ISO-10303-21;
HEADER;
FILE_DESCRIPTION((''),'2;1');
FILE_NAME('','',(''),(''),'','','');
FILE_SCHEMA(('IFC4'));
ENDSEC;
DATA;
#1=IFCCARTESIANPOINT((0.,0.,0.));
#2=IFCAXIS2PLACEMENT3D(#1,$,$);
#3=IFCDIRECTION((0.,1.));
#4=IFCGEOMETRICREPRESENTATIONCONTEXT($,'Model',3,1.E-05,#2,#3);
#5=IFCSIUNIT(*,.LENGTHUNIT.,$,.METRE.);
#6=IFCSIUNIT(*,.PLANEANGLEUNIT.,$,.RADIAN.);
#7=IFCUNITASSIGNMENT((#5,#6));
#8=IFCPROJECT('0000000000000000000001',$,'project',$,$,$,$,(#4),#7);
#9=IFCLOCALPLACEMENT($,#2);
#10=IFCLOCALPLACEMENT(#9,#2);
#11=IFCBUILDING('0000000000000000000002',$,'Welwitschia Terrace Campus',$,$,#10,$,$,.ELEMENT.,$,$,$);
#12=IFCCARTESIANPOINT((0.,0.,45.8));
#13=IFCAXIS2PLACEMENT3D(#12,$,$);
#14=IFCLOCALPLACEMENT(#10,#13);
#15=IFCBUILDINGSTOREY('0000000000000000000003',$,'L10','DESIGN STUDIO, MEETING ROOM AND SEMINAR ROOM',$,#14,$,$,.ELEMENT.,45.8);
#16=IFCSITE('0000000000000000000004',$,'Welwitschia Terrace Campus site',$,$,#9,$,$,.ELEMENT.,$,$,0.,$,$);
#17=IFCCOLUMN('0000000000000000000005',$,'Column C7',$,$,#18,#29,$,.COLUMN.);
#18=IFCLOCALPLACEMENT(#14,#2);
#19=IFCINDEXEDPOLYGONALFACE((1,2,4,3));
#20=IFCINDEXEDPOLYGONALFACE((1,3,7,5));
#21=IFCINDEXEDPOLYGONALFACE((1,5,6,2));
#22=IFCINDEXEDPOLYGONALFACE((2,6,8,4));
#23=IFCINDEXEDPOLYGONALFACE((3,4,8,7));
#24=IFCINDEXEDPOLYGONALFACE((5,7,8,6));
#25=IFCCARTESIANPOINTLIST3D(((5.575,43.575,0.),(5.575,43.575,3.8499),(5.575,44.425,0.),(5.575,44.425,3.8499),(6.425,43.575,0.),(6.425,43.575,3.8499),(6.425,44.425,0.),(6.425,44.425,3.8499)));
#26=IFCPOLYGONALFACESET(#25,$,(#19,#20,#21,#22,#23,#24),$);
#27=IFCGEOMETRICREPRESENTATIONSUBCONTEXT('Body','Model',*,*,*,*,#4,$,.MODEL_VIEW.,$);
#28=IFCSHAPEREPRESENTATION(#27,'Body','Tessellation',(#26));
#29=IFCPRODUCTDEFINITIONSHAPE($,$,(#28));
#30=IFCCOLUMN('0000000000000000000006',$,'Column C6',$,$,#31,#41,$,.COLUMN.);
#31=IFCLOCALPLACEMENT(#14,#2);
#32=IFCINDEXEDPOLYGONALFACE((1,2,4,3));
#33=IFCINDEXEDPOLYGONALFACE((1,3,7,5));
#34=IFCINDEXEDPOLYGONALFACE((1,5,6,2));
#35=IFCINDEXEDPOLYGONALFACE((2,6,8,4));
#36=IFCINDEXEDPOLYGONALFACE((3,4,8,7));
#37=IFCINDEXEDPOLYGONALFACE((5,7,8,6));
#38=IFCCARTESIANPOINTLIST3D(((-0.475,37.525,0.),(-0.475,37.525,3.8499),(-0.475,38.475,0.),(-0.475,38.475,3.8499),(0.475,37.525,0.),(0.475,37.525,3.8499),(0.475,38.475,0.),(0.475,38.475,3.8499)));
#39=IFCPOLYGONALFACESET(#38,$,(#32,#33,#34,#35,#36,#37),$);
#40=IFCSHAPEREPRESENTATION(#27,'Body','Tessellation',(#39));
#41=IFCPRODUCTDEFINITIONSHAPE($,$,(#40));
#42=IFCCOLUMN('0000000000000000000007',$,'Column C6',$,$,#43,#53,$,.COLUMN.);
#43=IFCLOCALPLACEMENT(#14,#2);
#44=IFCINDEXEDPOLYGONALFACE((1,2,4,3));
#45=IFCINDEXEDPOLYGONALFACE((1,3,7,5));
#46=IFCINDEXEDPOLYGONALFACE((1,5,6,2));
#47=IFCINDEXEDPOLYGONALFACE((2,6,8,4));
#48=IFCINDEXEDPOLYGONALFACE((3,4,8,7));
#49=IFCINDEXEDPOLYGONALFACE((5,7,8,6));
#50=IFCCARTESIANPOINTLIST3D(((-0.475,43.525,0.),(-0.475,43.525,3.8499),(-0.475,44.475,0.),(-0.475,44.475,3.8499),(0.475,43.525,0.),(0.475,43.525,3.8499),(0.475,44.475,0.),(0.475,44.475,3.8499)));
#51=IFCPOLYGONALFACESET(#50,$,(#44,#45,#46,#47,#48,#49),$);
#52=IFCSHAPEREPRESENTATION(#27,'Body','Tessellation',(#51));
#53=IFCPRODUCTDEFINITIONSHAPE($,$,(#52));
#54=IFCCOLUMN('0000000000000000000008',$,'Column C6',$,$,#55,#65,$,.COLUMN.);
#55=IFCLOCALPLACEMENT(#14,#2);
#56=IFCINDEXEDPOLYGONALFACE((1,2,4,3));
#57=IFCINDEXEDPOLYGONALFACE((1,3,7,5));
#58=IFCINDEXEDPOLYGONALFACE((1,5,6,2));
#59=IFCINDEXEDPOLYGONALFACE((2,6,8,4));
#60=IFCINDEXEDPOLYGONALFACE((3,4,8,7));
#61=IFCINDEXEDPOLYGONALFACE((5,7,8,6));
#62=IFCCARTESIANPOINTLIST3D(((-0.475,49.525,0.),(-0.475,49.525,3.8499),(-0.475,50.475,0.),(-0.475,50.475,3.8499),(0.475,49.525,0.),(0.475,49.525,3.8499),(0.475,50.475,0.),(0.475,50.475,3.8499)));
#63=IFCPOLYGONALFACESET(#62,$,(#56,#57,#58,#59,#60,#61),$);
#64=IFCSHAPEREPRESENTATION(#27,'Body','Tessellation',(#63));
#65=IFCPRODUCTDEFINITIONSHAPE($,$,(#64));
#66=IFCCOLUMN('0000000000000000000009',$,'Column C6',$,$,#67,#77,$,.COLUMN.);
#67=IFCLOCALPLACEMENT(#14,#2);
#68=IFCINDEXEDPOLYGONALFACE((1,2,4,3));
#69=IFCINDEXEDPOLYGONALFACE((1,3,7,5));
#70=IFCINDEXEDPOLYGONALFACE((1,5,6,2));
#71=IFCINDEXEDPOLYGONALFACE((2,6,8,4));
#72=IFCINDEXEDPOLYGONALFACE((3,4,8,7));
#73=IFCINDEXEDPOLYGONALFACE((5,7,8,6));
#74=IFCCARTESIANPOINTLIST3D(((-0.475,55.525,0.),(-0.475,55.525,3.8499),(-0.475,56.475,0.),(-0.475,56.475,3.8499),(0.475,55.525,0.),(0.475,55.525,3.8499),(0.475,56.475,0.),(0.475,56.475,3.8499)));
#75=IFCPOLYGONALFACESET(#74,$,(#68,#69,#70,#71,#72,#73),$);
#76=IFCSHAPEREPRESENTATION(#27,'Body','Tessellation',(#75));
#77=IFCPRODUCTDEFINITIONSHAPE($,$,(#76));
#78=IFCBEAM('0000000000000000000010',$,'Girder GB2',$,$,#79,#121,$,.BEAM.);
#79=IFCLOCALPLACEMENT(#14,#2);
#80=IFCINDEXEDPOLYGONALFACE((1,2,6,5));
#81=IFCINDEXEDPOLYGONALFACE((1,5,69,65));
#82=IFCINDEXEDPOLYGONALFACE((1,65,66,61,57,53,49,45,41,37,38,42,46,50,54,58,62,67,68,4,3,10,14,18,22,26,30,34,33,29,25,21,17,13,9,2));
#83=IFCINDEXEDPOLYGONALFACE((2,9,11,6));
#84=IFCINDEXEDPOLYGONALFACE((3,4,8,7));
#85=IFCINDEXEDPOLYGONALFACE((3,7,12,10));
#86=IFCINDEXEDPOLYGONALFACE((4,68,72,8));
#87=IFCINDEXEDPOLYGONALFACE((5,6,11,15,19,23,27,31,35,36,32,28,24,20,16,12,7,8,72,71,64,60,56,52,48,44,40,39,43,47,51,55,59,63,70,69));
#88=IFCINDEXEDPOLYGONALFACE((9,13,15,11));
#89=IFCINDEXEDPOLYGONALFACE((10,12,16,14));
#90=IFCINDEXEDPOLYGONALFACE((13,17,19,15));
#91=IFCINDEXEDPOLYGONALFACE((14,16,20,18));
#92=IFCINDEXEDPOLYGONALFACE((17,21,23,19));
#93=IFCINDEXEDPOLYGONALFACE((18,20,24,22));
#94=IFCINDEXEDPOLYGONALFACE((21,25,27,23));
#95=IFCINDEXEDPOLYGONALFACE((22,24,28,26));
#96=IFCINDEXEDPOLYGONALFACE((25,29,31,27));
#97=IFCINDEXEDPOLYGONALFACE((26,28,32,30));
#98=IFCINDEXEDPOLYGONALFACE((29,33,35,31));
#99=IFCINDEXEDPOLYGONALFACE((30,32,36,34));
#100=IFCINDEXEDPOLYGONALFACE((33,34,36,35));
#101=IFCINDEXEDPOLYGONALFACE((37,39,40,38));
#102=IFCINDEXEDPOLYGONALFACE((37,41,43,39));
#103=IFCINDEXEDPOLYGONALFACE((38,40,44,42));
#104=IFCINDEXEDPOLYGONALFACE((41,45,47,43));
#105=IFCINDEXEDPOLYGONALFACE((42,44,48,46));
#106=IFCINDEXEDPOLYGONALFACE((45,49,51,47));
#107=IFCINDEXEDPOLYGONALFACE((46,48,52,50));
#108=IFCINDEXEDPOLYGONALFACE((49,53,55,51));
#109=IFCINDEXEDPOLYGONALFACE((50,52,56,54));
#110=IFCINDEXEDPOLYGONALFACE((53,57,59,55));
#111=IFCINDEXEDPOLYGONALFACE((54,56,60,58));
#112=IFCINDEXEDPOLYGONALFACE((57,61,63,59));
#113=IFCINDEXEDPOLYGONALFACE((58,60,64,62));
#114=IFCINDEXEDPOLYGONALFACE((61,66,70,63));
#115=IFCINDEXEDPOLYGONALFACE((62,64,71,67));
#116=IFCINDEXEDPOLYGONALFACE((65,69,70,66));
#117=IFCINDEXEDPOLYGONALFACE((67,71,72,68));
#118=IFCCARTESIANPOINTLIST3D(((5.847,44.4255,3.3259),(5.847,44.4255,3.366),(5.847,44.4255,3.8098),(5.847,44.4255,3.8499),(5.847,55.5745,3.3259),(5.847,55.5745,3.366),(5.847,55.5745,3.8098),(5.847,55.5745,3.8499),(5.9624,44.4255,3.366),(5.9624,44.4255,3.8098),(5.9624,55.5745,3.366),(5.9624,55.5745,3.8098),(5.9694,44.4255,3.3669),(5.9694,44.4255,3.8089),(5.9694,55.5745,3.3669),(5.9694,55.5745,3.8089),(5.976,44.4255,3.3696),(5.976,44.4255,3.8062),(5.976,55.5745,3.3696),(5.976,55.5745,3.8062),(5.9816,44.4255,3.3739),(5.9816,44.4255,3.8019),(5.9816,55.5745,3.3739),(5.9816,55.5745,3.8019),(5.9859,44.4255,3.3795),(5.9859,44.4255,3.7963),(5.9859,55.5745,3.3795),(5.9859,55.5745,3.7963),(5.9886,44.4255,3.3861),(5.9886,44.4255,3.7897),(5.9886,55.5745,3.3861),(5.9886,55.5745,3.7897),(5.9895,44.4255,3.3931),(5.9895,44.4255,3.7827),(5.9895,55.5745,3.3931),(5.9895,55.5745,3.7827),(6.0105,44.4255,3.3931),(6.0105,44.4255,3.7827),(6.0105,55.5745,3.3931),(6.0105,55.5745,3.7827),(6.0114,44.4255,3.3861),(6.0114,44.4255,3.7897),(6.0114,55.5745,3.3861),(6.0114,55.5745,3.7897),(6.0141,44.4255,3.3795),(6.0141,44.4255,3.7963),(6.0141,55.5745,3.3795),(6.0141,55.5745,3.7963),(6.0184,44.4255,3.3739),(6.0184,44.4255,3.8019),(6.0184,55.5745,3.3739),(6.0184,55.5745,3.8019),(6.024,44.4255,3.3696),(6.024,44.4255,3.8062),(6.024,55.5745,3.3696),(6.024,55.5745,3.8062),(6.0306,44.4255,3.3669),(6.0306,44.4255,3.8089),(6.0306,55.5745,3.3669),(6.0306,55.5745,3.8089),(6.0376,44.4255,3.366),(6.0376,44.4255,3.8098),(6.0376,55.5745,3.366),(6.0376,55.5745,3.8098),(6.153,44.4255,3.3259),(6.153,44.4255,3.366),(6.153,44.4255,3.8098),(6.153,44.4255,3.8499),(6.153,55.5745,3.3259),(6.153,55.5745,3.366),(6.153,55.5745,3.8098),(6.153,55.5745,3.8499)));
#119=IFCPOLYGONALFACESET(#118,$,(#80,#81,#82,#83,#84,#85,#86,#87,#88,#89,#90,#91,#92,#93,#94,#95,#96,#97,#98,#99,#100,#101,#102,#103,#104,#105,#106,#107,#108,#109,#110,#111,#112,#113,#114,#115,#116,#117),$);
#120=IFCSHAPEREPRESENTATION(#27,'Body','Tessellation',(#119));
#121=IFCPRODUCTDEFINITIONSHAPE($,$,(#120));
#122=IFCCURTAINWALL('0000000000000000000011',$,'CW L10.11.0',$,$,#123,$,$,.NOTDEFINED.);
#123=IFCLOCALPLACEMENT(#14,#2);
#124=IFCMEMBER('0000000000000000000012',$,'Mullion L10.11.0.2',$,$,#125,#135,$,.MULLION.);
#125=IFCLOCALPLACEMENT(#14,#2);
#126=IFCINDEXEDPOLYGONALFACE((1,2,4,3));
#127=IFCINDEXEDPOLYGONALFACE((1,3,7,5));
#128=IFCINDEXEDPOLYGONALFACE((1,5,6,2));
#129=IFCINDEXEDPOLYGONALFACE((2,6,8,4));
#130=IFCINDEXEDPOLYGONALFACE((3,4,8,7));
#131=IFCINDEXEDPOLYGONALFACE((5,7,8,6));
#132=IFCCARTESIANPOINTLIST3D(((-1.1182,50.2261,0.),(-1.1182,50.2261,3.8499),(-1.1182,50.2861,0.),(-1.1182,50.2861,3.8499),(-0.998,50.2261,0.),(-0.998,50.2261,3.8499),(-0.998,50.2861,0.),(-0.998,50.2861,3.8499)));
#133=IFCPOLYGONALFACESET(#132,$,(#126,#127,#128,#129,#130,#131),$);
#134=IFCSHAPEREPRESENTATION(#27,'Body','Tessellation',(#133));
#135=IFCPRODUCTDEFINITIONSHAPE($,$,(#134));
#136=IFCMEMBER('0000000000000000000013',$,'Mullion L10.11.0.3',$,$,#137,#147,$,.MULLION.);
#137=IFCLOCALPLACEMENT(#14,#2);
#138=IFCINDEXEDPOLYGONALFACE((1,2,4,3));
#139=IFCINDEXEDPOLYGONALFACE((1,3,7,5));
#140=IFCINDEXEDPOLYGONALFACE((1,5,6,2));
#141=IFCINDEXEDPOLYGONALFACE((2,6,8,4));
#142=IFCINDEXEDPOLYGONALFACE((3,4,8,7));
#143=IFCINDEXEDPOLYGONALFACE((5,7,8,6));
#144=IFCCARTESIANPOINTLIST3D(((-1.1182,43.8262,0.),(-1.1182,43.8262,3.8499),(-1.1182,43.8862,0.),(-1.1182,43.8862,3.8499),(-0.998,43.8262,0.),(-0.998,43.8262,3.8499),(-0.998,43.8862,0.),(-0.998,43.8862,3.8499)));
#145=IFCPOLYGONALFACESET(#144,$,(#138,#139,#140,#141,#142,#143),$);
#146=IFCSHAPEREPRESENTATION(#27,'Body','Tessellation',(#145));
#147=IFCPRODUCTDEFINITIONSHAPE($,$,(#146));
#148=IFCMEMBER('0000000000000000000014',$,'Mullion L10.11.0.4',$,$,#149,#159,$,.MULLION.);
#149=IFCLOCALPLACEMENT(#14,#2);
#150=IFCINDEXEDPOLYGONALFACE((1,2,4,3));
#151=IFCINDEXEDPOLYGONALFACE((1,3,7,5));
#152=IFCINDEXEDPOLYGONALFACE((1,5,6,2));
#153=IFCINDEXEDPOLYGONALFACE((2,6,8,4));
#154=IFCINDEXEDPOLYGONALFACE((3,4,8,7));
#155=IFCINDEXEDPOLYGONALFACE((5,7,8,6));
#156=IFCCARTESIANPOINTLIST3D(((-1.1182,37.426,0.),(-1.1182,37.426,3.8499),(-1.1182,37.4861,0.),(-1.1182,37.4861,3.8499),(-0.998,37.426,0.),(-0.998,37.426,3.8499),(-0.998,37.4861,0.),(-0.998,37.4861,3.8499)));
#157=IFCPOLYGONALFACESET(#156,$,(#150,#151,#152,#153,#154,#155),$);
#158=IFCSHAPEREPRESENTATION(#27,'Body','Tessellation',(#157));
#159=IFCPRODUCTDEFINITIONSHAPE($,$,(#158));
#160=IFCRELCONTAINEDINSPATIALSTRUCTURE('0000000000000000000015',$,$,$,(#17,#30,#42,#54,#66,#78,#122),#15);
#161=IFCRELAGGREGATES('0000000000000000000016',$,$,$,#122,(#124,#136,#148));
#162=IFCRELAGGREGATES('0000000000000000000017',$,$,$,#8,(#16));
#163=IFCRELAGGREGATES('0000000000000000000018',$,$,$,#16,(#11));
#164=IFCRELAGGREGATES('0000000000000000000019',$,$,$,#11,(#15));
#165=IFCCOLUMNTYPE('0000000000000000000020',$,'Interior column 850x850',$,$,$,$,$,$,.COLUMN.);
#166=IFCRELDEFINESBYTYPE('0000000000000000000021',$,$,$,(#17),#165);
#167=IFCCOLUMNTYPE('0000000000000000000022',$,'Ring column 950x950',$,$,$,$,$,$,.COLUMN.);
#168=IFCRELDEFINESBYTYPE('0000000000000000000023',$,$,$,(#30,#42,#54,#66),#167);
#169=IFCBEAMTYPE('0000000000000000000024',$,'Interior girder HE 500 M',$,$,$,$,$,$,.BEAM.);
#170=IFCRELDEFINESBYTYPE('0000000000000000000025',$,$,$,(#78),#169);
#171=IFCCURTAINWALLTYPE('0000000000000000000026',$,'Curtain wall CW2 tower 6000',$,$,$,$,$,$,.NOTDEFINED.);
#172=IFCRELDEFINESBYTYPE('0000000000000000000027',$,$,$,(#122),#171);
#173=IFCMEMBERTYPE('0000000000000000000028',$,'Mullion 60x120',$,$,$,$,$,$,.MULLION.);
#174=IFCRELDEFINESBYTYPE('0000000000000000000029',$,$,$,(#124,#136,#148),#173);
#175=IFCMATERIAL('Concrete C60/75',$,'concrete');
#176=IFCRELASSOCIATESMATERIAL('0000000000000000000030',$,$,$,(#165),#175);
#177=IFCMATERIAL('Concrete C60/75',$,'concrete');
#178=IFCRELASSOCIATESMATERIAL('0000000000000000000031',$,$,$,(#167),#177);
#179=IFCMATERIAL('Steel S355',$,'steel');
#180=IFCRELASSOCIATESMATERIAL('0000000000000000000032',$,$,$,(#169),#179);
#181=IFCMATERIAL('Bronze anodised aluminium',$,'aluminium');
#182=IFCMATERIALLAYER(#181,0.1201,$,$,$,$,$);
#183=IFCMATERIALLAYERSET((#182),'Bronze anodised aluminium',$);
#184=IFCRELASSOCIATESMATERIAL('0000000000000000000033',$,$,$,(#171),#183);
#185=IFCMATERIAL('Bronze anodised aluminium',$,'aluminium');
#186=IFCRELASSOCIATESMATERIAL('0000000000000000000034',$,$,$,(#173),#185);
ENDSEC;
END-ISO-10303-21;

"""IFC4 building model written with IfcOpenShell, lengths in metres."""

from ifc_helpers import new_model, si_unit, direction, frame, origin, origin_2d, place, context, subcontext, project, spatial, rectangle, i_section, extrude, material, layer, layer_set, material_profile, profile_set, type_object, element, aggregate, save


model = new_model("IFC4")

# Units and contexts
model_context = context("Model", 3, precision=1e-05, world=origin(), true_north=direction((0.0, 1.0)))
body_context = subcontext(model_context, "Body", "Model", "MODEL_VIEW")
ifc_project = project(units=[si_unit("LENGTHUNIT", "METRE"), si_unit("PLANEANGLEUNIT", "RADIAN")], contexts=[model_context])

# Site, building, storey
site_placement = place(None, origin())
site = spatial("IfcSite", under=ifc_project, at=site_placement, Name="Welwitschia Terrace Campus site", CompositionType="ELEMENT", RefElevation=0.0)
building_placement = place(site_placement, origin())
building = spatial("IfcBuilding", under=site, at=building_placement, Name="Welwitschia Terrace Campus", CompositionType="ELEMENT")
storey_placement = place(building_placement, frame((0.0, 0.0, 45.8)))
storey = spatial("IfcBuildingStorey", under=building, at=storey_placement, Name="L10", Description="DESIGN STUDIO, MEETING ROOM AND SEMINAR ROOM", CompositionType="ELEMENT", Elevation=45.8)

# Columns
ifc_material_1 = material(Name="Concrete C60/75", Category="concrete")
ifc_material_profile_1 = material_profile(ifc_material_1, rectangle(XDim=0.8501, YDim=0.8501, at=origin_2d()))
ifc_profile_set_1 = profile_set([ifc_material_profile_1], Name="Concrete C60/75")
column_type_1 = type_object("IfcColumnType", Name="Interior column 850x850", PredefinedType="COLUMN", material=ifc_profile_set_1)
column_placement = place(storey_placement, frame((6.0, 44.0, 0.0), z_axis=(0.0, 0.0, 1.0), x_axis=(1.0, 0.0, 0.0)))
element("IfcColumn", 1, at=column_placement, inside=storey, type_object=column_type_1, Name="Column C7", PredefinedType="COLUMN", context=body_context, shape_type="SweptSolid", body=[
    extrude(rectangle(XDim=0.8501, YDim=0.8501, at=origin_2d()), origin(), (0.0, 0.0, 1.0), 3.8499),
])
ifc_material_2 = material(Name="Concrete C60/75", Category="concrete")
ifc_material_profile_2 = material_profile(ifc_material_2, rectangle(XDim=0.95, YDim=0.95, at=origin_2d()))
ifc_profile_set_2 = profile_set([ifc_material_profile_2], Name="Concrete C60/75")
column_type_2 = type_object("IfcColumnType", Name="Ring column 950x950", PredefinedType="COLUMN", material=ifc_profile_set_2)
for number, where, z_axis, x_axis, name in (
    (2, (0.0, 38.0, 0.0), (0.0, 0.0, 1.0), (1.0, 0.0, 0.0), "Column C6"),
    (3, (0.0, 44.0, 0.0), (0.0, 0.0, 1.0), (1.0, 0.0, 0.0), "Column C6"),
    (4, (0.0, 50.0, 0.0), (0.0, 0.0, 1.0), (1.0, 0.0, 0.0), "Column C6"),
    (5, (0.0, 56.0, 0.0), (0.0, 0.0, 1.0), (1.0, 0.0, 0.0), "Column C6"),
):
    element("IfcColumn", number, at=place(storey_placement, frame(where, z_axis=z_axis, x_axis=x_axis)), inside=storey, type_object=column_type_2, Name=name, PredefinedType="COLUMN", context=body_context, shape_type="SweptSolid", body=[
        extrude(rectangle(XDim=0.95, YDim=0.95, at=origin_2d()), origin(), (0.0, 0.0, 1.0), 3.8499),
    ])

# Beam
ifc_material_3 = material(Name="Steel S355", Category="steel")
ifc_material_profile_3 = material_profile(ifc_material_3, i_section(OverallWidth=0.3059, OverallDepth=0.5239, WebThickness=0.021, FlangeThickness=0.04, FilletRadius=0.0271, at=origin_2d()))
ifc_profile_set_3 = profile_set([ifc_material_profile_3], Name="Steel S355")
beam_type_1 = type_object("IfcBeamType", Name="Interior girder HE 500 M", PredefinedType="BEAM", material=ifc_profile_set_3)
beam_1_placement = place(storey_placement, frame((6.0, 44.4255, 3.5879), z_axis=(0.0, 1.0, 0.0), x_axis=(-1.0, 0.0, 0.0)))
element("IfcBeam", 6, at=beam_1_placement, inside=storey, type_object=beam_type_1, Name="Girder GB2", PredefinedType="BEAM", context=body_context, shape_type="SweptSolid", body=[
    extrude(i_section(OverallWidth=0.3059, OverallDepth=0.5239, WebThickness=0.021, FlangeThickness=0.04, FilletRadius=0.0271, at=origin_2d()), origin(), (0.0, 0.0, 1.0), 11.1489),
])

# Curtain wall, members
ifc_material_4 = material(Name="Bronze anodised aluminium", Category="aluminium")
ifc_layer_1 = layer(ifc_material_4, 0.1201)
ifc_layer_set_1 = layer_set([ifc_layer_1], Name="Bronze anodised aluminium")
curtain_wall_type = type_object("IfcCurtainWallType", Name="Curtain wall CW2 tower 6000", PredefinedType="NOTDEFINED", material=ifc_layer_set_1)
curtain_wall_placement = place(storey_placement, origin())
curtain_wall = element("IfcCurtainWall", 7, at=curtain_wall_placement, inside=storey, type_object=curtain_wall_type, Name="CW L10.11.0", PredefinedType="NOTDEFINED")
ifc_material_5 = material(Name="Bronze anodised aluminium", Category="aluminium")
ifc_material_profile_4 = material_profile(ifc_material_5, rectangle(XDim=0.1201, YDim=0.0601, at=origin_2d()))
ifc_profile_set_4 = profile_set([ifc_material_profile_4], Name="Bronze anodised aluminium")
member_type = type_object("IfcMemberType", Name="Mullion 60x120", PredefinedType="MULLION", material=ifc_profile_set_4)
member_1_placement = place(storey_placement, frame((-1.0581, 50.2561, 0.0), z_axis=(0.0, 0.0, 1.0), x_axis=(1.0, 0.0, 0.0)))
member_1 = element("IfcMember", 8, at=member_1_placement, type_object=member_type, Name="Mullion L10.11.0.2", PredefinedType="MULLION", context=body_context, shape_type="SweptSolid", body=[
    extrude(rectangle(XDim=0.1201, YDim=0.0601, at=origin_2d()), origin(), (0.0, 0.0, 1.0), 3.8499),
])
member_2_placement = place(storey_placement, frame((-1.0581, 43.8562, 0.0), z_axis=(0.0, 0.0, 1.0), x_axis=(1.0, 0.0, 0.0)))
member_2 = element("IfcMember", 9, at=member_2_placement, type_object=member_type, Name="Mullion L10.11.0.3", PredefinedType="MULLION", context=body_context, shape_type="SweptSolid", body=[
    extrude(rectangle(XDim=0.1201, YDim=0.0601, at=origin_2d()), origin(), (0.0, 0.0, 1.0), 3.8499),
])
member_3_placement = place(storey_placement, frame((-1.0581, 37.4561, 0.0), z_axis=(0.0, 0.0, 1.0), x_axis=(1.0, 0.0, 0.0)))
member_3 = element("IfcMember", 10, at=member_3_placement, type_object=member_type, Name="Mullion L10.11.0.4", PredefinedType="MULLION", context=body_context, shape_type="SweptSolid", body=[
    extrude(rectangle(XDim=0.1201, YDim=0.0601, at=origin_2d()), origin(), (0.0, 0.0, 1.0), 3.8499),
])

aggregate(curtain_wall, [member_1, member_2, member_3])

save(model, "model.ifc")
